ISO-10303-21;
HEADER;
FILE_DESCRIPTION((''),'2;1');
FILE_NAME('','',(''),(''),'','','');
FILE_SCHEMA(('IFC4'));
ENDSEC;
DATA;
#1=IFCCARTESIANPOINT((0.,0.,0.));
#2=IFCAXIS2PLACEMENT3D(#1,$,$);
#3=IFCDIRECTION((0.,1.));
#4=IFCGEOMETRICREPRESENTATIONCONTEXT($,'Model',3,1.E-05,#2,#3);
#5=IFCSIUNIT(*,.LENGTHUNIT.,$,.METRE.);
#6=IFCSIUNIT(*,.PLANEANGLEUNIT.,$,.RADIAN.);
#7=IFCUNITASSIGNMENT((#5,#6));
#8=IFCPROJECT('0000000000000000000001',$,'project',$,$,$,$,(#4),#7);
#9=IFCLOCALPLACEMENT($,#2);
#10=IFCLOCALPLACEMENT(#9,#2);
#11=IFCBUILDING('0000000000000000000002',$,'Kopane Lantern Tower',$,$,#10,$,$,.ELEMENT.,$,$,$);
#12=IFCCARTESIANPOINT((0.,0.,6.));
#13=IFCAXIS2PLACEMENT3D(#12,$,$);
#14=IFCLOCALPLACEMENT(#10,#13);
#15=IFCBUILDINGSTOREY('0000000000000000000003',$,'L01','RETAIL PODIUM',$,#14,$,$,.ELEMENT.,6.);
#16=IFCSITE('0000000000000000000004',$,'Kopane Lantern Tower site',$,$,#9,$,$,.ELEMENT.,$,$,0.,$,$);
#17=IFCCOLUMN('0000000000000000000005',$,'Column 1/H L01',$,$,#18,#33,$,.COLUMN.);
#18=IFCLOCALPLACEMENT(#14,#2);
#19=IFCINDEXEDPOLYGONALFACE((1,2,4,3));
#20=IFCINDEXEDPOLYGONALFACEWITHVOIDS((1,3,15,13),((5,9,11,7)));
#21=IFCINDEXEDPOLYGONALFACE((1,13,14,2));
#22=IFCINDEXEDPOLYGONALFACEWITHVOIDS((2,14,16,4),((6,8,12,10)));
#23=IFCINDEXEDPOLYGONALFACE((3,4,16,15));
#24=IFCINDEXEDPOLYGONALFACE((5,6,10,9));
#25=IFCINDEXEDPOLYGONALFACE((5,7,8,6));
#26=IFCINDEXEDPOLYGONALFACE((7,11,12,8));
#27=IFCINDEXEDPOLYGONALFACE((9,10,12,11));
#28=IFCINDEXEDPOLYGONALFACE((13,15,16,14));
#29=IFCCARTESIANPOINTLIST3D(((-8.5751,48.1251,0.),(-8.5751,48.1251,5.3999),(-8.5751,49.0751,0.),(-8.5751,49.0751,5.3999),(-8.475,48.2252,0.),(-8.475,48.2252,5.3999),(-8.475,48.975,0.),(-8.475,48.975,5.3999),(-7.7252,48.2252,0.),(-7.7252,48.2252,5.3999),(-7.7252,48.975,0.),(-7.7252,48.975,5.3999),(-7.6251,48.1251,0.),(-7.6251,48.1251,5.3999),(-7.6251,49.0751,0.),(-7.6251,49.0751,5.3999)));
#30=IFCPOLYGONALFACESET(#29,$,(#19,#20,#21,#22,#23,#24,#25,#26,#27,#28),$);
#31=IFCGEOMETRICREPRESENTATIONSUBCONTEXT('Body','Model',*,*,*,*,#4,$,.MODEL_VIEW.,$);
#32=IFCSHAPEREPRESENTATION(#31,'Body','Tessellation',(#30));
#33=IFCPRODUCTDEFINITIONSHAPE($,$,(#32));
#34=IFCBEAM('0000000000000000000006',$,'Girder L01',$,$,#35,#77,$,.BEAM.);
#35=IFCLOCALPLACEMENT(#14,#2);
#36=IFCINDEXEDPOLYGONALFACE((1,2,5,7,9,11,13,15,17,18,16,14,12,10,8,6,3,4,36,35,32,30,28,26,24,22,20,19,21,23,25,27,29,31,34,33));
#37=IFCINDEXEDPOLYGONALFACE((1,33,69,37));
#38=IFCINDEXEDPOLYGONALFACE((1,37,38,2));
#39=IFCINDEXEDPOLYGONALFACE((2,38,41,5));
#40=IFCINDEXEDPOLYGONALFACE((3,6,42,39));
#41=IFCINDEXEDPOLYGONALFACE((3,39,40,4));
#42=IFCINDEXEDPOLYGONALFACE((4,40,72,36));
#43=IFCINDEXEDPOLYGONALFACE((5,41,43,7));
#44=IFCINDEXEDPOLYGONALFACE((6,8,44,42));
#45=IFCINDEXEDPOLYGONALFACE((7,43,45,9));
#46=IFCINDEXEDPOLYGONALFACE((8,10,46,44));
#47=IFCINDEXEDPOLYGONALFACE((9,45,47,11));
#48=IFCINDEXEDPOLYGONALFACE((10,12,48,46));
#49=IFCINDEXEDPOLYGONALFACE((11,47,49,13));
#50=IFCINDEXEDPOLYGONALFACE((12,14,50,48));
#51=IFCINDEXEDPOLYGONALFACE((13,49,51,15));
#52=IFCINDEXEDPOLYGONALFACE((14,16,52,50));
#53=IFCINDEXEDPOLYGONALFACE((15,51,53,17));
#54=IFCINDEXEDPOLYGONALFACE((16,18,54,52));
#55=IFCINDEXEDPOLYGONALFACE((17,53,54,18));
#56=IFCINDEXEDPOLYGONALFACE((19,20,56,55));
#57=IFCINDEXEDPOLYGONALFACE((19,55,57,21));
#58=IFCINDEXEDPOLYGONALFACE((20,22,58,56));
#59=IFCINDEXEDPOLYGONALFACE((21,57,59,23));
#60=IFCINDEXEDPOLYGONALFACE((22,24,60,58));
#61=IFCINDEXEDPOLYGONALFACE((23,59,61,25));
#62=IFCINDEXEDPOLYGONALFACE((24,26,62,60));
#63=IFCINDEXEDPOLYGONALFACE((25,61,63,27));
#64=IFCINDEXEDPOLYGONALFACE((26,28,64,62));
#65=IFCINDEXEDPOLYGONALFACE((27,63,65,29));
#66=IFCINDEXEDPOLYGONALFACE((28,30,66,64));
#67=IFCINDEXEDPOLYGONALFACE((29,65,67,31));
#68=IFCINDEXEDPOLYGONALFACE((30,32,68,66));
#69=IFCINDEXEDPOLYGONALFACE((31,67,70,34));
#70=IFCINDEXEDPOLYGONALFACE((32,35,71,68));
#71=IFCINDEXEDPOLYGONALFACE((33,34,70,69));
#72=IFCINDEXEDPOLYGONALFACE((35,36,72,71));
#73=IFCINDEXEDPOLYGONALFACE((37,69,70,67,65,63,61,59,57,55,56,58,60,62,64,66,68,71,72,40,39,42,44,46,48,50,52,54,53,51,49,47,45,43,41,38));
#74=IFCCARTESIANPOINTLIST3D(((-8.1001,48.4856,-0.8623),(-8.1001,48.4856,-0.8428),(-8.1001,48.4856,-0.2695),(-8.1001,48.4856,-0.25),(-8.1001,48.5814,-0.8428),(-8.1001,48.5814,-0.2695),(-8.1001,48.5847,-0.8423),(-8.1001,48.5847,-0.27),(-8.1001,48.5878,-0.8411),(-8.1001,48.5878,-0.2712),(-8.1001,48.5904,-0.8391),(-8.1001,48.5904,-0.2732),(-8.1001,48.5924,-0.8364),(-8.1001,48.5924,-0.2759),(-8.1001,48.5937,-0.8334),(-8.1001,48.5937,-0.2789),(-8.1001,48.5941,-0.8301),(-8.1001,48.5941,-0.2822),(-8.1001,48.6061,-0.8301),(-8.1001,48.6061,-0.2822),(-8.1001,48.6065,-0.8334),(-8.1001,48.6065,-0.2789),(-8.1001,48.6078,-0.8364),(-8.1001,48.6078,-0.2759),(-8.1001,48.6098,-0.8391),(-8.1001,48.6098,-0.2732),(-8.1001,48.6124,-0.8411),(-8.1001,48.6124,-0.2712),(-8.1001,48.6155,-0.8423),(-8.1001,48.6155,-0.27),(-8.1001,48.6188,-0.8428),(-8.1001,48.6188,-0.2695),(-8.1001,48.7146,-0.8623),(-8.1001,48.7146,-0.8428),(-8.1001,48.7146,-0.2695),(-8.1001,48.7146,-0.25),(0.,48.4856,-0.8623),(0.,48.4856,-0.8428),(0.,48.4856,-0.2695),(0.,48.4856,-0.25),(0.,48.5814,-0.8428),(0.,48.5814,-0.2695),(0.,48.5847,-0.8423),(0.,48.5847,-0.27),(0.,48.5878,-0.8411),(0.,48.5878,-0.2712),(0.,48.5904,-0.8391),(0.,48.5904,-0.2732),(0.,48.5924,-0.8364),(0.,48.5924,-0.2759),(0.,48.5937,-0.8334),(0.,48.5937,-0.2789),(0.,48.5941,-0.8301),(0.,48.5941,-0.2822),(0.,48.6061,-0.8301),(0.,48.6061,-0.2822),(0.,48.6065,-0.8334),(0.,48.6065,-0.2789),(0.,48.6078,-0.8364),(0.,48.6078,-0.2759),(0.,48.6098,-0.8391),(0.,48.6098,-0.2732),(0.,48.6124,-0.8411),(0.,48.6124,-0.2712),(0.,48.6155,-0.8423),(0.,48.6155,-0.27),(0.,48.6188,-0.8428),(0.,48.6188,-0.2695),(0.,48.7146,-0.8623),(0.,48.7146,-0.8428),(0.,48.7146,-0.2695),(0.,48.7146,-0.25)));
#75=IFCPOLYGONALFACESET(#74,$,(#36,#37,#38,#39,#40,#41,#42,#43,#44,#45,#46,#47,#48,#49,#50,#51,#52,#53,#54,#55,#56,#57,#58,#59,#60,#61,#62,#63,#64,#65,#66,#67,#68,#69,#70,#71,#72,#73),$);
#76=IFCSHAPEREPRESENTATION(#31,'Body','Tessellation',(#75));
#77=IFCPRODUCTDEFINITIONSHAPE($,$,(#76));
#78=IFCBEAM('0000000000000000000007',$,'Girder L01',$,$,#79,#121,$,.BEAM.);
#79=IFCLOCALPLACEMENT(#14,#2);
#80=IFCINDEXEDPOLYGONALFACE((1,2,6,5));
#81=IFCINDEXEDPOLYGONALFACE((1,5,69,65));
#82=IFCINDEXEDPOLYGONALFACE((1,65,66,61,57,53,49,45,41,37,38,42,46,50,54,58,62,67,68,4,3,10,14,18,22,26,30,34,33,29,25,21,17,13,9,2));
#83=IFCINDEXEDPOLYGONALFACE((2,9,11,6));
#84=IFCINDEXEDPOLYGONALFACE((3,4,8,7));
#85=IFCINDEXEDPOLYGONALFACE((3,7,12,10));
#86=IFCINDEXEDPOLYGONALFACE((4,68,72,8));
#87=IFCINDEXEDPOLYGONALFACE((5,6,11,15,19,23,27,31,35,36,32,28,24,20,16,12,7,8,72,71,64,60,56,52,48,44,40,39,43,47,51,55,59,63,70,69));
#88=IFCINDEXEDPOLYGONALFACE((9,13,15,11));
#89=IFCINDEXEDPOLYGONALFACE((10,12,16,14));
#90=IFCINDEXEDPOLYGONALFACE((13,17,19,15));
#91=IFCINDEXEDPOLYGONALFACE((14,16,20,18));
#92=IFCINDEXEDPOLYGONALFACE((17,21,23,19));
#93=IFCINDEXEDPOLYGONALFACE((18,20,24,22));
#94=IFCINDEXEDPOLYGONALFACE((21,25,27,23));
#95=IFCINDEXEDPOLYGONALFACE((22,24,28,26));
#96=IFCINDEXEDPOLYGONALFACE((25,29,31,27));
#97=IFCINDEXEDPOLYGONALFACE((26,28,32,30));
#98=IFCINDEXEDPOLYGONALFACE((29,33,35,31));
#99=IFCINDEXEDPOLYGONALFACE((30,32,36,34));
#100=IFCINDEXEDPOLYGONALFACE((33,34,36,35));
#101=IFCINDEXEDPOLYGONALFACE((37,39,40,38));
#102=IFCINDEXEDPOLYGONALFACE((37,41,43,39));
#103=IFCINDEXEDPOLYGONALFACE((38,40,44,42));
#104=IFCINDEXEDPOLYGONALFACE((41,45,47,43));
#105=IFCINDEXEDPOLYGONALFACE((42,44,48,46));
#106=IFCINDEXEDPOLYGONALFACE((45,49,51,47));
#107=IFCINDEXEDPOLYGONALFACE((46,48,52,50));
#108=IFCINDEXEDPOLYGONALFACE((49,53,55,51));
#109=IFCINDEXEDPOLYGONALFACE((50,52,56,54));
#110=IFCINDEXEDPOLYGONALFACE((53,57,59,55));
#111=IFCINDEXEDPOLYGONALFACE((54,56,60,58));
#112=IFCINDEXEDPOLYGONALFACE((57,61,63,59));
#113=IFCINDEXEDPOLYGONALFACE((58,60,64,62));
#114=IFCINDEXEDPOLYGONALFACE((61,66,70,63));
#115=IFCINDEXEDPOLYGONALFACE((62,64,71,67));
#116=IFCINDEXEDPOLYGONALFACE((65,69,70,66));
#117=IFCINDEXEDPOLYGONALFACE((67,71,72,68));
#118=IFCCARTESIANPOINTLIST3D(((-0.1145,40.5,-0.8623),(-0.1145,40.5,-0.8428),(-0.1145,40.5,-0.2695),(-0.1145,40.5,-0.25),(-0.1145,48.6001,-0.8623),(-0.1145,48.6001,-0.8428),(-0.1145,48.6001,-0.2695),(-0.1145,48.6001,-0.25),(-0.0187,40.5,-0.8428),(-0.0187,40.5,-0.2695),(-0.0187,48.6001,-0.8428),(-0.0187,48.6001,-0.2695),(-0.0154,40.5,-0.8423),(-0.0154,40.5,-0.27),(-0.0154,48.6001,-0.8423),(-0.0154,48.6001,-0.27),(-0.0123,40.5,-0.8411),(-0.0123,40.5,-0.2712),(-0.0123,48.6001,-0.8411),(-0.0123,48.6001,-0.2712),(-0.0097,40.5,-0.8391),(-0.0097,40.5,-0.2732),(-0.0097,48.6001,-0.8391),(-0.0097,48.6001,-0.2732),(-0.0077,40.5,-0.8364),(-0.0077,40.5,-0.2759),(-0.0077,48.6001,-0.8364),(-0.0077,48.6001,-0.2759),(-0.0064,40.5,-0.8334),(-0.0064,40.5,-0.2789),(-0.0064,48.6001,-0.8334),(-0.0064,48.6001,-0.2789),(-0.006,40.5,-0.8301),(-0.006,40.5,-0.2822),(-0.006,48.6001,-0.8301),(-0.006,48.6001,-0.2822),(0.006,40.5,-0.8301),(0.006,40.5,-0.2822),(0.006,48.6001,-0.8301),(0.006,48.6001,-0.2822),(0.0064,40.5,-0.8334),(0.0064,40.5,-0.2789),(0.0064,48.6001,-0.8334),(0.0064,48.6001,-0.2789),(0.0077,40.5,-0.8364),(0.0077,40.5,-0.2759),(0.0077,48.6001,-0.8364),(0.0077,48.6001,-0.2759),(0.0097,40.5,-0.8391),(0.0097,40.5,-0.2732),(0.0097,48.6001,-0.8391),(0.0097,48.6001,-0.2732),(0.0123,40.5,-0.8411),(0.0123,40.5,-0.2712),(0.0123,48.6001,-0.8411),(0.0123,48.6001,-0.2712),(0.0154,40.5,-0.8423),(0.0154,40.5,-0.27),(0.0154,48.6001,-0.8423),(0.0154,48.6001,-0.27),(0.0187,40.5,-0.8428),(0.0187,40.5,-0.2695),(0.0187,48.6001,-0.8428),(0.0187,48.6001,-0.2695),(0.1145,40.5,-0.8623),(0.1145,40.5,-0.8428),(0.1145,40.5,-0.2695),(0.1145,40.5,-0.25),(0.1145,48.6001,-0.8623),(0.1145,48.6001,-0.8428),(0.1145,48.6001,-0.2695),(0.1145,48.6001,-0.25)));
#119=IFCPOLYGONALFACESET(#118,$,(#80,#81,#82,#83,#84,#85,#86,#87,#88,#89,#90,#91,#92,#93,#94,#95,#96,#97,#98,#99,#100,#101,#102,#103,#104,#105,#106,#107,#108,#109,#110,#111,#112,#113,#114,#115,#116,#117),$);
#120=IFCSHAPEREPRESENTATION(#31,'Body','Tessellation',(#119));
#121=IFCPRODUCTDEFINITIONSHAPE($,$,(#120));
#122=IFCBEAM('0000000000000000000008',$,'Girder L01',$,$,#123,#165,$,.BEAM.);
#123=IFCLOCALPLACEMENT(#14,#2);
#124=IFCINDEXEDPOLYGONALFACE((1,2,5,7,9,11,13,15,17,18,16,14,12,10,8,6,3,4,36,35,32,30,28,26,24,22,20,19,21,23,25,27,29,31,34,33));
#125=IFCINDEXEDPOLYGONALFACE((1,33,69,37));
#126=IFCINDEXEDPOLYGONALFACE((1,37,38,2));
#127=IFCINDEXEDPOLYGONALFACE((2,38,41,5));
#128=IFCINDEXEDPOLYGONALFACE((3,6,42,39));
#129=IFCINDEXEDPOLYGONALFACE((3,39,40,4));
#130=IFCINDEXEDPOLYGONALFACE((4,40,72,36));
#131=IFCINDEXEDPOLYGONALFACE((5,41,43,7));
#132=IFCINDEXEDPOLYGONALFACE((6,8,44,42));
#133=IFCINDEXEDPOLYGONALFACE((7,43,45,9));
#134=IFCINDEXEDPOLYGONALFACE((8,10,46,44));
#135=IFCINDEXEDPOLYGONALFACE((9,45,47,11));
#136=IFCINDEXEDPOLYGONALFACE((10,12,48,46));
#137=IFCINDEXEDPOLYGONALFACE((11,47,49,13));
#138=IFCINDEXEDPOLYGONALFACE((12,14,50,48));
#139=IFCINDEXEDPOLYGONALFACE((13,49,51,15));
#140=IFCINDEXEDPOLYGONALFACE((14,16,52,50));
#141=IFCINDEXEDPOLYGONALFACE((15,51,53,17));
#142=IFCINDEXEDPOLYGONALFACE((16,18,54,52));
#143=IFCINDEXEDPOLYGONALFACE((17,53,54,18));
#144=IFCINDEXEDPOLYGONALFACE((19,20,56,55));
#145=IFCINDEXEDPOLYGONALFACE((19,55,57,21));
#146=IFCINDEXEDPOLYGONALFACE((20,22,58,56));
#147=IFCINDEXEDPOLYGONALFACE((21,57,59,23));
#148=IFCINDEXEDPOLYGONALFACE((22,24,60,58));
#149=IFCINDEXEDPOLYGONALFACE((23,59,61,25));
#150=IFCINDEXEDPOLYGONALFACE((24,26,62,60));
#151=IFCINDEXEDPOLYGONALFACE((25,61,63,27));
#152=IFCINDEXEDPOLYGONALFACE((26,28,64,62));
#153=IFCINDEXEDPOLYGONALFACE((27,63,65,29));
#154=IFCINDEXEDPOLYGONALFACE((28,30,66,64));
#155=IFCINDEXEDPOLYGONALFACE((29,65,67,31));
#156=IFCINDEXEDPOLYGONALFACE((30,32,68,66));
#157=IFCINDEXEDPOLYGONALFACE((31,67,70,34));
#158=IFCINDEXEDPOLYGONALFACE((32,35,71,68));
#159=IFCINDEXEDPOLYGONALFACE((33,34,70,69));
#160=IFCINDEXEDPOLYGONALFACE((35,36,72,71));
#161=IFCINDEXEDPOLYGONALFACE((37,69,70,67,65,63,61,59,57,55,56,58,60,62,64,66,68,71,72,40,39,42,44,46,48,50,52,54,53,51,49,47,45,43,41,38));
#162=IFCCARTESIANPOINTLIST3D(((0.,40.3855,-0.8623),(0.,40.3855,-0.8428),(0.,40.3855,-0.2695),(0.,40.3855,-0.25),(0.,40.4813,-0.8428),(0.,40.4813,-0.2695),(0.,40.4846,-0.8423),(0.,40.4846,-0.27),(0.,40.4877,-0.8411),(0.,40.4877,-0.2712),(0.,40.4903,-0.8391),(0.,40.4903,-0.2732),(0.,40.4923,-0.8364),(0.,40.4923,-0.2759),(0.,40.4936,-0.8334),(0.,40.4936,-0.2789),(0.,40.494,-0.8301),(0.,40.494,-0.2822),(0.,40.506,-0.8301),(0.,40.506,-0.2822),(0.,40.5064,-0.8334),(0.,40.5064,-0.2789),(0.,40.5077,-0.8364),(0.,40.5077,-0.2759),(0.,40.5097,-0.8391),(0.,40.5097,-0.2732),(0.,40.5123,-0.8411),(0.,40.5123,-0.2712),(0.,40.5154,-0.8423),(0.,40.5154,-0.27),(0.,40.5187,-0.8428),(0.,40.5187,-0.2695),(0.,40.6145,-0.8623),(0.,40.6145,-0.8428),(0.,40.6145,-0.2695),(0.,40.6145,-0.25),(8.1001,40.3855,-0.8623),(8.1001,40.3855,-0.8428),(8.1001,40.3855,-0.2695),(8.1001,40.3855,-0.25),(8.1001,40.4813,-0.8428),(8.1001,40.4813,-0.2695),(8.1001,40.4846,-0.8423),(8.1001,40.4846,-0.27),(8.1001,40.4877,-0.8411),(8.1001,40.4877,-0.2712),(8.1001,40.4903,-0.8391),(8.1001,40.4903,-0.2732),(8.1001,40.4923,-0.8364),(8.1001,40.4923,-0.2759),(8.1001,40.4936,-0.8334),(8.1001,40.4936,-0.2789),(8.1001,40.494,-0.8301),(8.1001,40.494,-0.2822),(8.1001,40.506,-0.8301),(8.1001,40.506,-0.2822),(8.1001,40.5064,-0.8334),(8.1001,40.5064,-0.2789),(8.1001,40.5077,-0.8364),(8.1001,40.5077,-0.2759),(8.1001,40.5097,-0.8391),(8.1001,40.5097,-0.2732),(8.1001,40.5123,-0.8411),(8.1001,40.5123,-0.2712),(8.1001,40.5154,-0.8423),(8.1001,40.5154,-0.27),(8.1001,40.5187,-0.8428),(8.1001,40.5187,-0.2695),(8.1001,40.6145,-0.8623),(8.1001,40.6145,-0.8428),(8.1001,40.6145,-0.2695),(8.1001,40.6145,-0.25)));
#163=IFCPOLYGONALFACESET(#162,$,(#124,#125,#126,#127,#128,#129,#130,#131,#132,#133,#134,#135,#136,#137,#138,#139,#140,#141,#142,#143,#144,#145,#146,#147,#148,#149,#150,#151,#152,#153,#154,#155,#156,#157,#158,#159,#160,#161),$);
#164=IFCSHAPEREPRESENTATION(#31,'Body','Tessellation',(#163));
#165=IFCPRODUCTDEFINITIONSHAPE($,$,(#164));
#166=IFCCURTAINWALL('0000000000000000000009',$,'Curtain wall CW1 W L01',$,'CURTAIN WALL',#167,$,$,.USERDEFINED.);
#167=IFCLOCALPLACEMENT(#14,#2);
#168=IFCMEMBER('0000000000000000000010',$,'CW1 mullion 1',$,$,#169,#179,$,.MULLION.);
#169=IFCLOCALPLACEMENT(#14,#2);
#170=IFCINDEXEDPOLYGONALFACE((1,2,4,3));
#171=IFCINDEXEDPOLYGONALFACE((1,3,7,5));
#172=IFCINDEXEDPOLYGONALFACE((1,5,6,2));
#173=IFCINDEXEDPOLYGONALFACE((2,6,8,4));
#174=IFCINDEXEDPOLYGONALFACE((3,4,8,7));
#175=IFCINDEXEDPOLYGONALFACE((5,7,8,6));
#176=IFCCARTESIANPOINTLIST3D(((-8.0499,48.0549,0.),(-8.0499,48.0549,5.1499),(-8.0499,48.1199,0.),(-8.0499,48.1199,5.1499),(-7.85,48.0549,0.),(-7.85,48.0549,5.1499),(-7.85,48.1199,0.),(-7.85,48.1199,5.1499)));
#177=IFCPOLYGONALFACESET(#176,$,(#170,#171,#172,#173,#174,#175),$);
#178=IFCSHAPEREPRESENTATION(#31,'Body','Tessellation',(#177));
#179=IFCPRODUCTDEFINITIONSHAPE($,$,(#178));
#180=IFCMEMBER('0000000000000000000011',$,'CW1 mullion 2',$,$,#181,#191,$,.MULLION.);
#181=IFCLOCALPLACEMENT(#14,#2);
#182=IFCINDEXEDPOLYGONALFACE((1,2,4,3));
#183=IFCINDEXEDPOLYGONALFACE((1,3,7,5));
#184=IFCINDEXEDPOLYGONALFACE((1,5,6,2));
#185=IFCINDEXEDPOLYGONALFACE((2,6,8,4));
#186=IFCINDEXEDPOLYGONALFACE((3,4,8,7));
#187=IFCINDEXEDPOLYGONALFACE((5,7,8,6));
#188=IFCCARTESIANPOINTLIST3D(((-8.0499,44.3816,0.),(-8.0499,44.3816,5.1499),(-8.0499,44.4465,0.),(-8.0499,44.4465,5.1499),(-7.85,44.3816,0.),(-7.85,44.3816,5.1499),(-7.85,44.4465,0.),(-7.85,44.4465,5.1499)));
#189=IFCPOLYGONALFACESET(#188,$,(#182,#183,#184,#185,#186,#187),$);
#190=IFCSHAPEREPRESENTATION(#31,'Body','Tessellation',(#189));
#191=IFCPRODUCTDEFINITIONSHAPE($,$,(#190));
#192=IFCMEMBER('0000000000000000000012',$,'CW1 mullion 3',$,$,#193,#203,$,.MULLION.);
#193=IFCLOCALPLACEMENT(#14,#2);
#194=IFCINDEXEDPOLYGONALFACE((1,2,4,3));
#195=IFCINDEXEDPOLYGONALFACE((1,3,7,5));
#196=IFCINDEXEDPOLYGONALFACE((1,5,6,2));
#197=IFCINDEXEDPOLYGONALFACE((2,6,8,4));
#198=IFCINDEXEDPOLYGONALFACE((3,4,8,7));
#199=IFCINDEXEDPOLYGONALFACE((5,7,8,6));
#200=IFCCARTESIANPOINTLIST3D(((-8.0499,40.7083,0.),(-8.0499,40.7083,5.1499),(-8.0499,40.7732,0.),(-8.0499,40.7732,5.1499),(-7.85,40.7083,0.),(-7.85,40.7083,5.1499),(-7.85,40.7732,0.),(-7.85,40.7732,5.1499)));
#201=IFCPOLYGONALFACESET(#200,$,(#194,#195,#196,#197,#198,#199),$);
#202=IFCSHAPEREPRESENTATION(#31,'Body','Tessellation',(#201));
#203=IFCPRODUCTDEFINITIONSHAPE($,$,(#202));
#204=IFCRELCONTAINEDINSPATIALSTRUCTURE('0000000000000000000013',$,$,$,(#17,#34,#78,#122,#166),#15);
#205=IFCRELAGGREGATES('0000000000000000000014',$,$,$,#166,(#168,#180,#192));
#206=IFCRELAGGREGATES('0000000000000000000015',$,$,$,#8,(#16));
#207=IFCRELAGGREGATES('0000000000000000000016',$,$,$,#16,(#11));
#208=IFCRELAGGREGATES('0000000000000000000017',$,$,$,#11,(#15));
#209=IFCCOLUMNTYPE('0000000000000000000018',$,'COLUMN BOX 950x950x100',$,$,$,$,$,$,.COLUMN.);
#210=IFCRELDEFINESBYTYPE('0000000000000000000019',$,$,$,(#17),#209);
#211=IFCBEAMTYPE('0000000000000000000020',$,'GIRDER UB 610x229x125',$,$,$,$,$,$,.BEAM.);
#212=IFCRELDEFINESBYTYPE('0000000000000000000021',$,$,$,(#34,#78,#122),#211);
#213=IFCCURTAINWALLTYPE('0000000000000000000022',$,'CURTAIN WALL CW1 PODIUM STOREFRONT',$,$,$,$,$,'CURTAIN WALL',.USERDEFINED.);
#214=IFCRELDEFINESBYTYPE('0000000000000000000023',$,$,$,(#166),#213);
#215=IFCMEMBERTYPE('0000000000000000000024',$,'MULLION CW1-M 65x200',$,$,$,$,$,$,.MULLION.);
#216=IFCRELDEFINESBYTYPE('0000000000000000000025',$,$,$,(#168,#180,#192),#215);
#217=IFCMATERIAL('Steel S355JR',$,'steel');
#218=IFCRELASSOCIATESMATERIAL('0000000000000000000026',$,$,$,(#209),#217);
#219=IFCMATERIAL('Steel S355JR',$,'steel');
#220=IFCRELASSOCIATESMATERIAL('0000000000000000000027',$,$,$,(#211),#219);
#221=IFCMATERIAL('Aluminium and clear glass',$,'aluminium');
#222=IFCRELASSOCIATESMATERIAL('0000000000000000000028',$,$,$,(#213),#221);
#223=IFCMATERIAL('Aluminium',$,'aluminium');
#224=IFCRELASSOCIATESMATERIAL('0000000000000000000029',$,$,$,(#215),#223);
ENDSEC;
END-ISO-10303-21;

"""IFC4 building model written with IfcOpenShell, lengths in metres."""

from ifc_helpers import new_model, si_unit, direction, frame, origin, origin_2d, place, context, subcontext, project, spatial, rectangle, hollow_rectangle, i_section, extrude, material, material_profile, profile_set, type_object, element, aggregate, save


model = new_model("IFC4")

# Units and contexts
model_context = context("Model", 3, precision=1e-05, world=origin(), true_north=direction((0.0, 1.0)))
body_context = subcontext(model_context, "Body", "Model", "MODEL_VIEW")
ifc_project = project(units=[si_unit("LENGTHUNIT", "METRE"), si_unit("PLANEANGLEUNIT", "RADIAN")], contexts=[model_context])

# Site, building, storey
site_placement = place(None, origin())
site = spatial("IfcSite", under=ifc_project, at=site_placement, Name="Kopane Lantern Tower site", CompositionType="ELEMENT", RefElevation=0.0)
building_placement = place(site_placement, origin())
building = spatial("IfcBuilding", under=site, at=building_placement, Name="Kopane Lantern Tower", CompositionType="ELEMENT")
storey_placement = place(building_placement, frame((0.0, 0.0, 6.0)))
storey = spatial("IfcBuildingStorey", under=building, at=storey_placement, Name="L01", Description="RETAIL PODIUM", CompositionType="ELEMENT", Elevation=6.0)

# Column
ifc_material_1 = material(Name="Steel S355JR", Category="steel")
ifc_material_profile_1 = material_profile(ifc_material_1, hollow_rectangle(XDim=0.95, YDim=0.95, WallThickness=0.1001, at=origin_2d()), Name="BOX 950x950x100")
ifc_profile_set_1 = profile_set([ifc_material_profile_1], Name="Steel S355JR")
column_type = type_object("IfcColumnType", Name="COLUMN BOX 950x950x100", PredefinedType="COLUMN", material=ifc_profile_set_1)
column_placement = place(storey_placement, frame((-8.1001, 48.6001, 0.0), z_axis=(0.0, 0.0, 1.0), x_axis=(1.0, 0.0, 0.0)))
element("IfcColumn", 1, at=column_placement, inside=storey, type_object=column_type, Name="Column 1/H L01", PredefinedType="COLUMN", context=body_context, shape_type="SweptSolid", body=[
    extrude(hollow_rectangle(XDim=0.95, YDim=0.95, WallThickness=0.1001, at=origin_2d()), origin(), (0.0, 0.0, 1.0), 5.3999),
])

# Beams
ifc_material_2 = material(Name="Steel S355JR", Category="steel")
ifc_material_profile_2 = material_profile(ifc_material_2, i_section(OverallWidth=0.229, OverallDepth=0.6123, WebThickness=0.012, FlangeThickness=0.0195, FilletRadius=0.0127, at=origin_2d()), Name="UB 610x229x125")
ifc_profile_set_2 = profile_set([ifc_material_profile_2], Name="Steel S355JR")
beam_type = type_object("IfcBeamType", Name="GIRDER UB 610x229x125", PredefinedType="BEAM", material=ifc_profile_set_2)
for number, where, z_axis, x_axis, name in (
    (2, (-8.1001, 48.6001, -0.5562), (1.0, 0.0, 0.0), (0.0, 1.0, 0.0), "Girder L01"),
    (3, (0.0, 40.5, -0.5562), (0.0, 1.0, 0.0), (-1.0, 0.0, 0.0), "Girder L01"),
    (4, (0.0, 40.5, -0.5562), (1.0, 0.0, 0.0), (0.0, 1.0, 0.0), "Girder L01"),
):
    element("IfcBeam", number, at=place(storey_placement, frame(where, z_axis=z_axis, x_axis=x_axis)), inside=storey, type_object=beam_type, Name=name, PredefinedType="BEAM", context=body_context, shape_type="SweptSolid", body=[
        extrude(i_section(OverallWidth=0.229, OverallDepth=0.6123, WebThickness=0.012, FlangeThickness=0.0195, FilletRadius=0.0127, at=origin_2d()), origin(), (0.0, 0.0, 1.0), 8.1001),
    ])

# Curtain wall, members
ifc_material_3 = material(Name="Aluminium and clear glass", Category="aluminium")
curtain_wall_type = type_object("IfcCurtainWallType", Name="CURTAIN WALL CW1 PODIUM STOREFRONT", ElementType="CURTAIN WALL", PredefinedType="USERDEFINED", material=ifc_material_3)
curtain_wall_placement = place(storey_placement, origin())
curtain_wall = element("IfcCurtainWall", 5, at=curtain_wall_placement, inside=storey, type_object=curtain_wall_type, Name="Curtain wall CW1 W L01", ObjectType="CURTAIN WALL", PredefinedType="USERDEFINED")
ifc_material_4 = material(Name="Aluminium", Category="aluminium")
ifc_material_profile_3 = material_profile(ifc_material_4, rectangle(XDim=0.0649, YDim=0.2, at=origin_2d()), Name="AL 65x200")
ifc_profile_set_3 = profile_set([ifc_material_profile_3], Name="Aluminium")
member_type_1 = type_object("IfcMemberType", Name="MULLION CW1-M 65x200", PredefinedType="MULLION", material=ifc_profile_set_3)
member_1_placement = place(storey_placement, frame((-7.95, 48.0874, 0.0), z_axis=(0.0, 0.0, 1.0), x_axis=(0.0, -1.0, 0.0)))
member_1 = element("IfcMember", 6, at=member_1_placement, type_object=member_type_1, Name="CW1 mullion 1", PredefinedType="MULLION", context=body_context, shape_type="SweptSolid", body=[
    extrude(rectangle(XDim=0.0649, YDim=0.2, at=origin_2d()), origin(), (0.0, 0.0, 1.0), 5.1499),
])
member_2_placement = place(storey_placement, frame((-7.95, 44.4141, 0.0), z_axis=(0.0, 0.0, 1.0), x_axis=(0.0, -1.0, 0.0)))
member_2 = element("IfcMember", 7, at=member_2_placement, type_object=member_type_1, Name="CW1 mullion 2", PredefinedType="MULLION", context=body_context, shape_type="SweptSolid", body=[
    extrude(rectangle(XDim=0.0649, YDim=0.2, at=origin_2d()), origin(), (0.0, 0.0, 1.0), 5.1499),
])
member_3_placement = place(storey_placement, frame((-7.95, 40.7407, 0.0), z_axis=(0.0, 0.0, 1.0), x_axis=(0.0, -1.0, 0.0)))
member_3 = element("IfcMember", 8, at=member_3_placement, type_object=member_type_1, Name="CW1 mullion 3", PredefinedType="MULLION", context=body_context, shape_type="SweptSolid", body=[
    extrude(rectangle(XDim=0.0649, YDim=0.2, at=origin_2d()), origin(), (0.0, 0.0, 1.0), 5.1499),
])
aggregate(curtain_wall, [member_1, member_2, member_3])

save(model, "model.ifc")
